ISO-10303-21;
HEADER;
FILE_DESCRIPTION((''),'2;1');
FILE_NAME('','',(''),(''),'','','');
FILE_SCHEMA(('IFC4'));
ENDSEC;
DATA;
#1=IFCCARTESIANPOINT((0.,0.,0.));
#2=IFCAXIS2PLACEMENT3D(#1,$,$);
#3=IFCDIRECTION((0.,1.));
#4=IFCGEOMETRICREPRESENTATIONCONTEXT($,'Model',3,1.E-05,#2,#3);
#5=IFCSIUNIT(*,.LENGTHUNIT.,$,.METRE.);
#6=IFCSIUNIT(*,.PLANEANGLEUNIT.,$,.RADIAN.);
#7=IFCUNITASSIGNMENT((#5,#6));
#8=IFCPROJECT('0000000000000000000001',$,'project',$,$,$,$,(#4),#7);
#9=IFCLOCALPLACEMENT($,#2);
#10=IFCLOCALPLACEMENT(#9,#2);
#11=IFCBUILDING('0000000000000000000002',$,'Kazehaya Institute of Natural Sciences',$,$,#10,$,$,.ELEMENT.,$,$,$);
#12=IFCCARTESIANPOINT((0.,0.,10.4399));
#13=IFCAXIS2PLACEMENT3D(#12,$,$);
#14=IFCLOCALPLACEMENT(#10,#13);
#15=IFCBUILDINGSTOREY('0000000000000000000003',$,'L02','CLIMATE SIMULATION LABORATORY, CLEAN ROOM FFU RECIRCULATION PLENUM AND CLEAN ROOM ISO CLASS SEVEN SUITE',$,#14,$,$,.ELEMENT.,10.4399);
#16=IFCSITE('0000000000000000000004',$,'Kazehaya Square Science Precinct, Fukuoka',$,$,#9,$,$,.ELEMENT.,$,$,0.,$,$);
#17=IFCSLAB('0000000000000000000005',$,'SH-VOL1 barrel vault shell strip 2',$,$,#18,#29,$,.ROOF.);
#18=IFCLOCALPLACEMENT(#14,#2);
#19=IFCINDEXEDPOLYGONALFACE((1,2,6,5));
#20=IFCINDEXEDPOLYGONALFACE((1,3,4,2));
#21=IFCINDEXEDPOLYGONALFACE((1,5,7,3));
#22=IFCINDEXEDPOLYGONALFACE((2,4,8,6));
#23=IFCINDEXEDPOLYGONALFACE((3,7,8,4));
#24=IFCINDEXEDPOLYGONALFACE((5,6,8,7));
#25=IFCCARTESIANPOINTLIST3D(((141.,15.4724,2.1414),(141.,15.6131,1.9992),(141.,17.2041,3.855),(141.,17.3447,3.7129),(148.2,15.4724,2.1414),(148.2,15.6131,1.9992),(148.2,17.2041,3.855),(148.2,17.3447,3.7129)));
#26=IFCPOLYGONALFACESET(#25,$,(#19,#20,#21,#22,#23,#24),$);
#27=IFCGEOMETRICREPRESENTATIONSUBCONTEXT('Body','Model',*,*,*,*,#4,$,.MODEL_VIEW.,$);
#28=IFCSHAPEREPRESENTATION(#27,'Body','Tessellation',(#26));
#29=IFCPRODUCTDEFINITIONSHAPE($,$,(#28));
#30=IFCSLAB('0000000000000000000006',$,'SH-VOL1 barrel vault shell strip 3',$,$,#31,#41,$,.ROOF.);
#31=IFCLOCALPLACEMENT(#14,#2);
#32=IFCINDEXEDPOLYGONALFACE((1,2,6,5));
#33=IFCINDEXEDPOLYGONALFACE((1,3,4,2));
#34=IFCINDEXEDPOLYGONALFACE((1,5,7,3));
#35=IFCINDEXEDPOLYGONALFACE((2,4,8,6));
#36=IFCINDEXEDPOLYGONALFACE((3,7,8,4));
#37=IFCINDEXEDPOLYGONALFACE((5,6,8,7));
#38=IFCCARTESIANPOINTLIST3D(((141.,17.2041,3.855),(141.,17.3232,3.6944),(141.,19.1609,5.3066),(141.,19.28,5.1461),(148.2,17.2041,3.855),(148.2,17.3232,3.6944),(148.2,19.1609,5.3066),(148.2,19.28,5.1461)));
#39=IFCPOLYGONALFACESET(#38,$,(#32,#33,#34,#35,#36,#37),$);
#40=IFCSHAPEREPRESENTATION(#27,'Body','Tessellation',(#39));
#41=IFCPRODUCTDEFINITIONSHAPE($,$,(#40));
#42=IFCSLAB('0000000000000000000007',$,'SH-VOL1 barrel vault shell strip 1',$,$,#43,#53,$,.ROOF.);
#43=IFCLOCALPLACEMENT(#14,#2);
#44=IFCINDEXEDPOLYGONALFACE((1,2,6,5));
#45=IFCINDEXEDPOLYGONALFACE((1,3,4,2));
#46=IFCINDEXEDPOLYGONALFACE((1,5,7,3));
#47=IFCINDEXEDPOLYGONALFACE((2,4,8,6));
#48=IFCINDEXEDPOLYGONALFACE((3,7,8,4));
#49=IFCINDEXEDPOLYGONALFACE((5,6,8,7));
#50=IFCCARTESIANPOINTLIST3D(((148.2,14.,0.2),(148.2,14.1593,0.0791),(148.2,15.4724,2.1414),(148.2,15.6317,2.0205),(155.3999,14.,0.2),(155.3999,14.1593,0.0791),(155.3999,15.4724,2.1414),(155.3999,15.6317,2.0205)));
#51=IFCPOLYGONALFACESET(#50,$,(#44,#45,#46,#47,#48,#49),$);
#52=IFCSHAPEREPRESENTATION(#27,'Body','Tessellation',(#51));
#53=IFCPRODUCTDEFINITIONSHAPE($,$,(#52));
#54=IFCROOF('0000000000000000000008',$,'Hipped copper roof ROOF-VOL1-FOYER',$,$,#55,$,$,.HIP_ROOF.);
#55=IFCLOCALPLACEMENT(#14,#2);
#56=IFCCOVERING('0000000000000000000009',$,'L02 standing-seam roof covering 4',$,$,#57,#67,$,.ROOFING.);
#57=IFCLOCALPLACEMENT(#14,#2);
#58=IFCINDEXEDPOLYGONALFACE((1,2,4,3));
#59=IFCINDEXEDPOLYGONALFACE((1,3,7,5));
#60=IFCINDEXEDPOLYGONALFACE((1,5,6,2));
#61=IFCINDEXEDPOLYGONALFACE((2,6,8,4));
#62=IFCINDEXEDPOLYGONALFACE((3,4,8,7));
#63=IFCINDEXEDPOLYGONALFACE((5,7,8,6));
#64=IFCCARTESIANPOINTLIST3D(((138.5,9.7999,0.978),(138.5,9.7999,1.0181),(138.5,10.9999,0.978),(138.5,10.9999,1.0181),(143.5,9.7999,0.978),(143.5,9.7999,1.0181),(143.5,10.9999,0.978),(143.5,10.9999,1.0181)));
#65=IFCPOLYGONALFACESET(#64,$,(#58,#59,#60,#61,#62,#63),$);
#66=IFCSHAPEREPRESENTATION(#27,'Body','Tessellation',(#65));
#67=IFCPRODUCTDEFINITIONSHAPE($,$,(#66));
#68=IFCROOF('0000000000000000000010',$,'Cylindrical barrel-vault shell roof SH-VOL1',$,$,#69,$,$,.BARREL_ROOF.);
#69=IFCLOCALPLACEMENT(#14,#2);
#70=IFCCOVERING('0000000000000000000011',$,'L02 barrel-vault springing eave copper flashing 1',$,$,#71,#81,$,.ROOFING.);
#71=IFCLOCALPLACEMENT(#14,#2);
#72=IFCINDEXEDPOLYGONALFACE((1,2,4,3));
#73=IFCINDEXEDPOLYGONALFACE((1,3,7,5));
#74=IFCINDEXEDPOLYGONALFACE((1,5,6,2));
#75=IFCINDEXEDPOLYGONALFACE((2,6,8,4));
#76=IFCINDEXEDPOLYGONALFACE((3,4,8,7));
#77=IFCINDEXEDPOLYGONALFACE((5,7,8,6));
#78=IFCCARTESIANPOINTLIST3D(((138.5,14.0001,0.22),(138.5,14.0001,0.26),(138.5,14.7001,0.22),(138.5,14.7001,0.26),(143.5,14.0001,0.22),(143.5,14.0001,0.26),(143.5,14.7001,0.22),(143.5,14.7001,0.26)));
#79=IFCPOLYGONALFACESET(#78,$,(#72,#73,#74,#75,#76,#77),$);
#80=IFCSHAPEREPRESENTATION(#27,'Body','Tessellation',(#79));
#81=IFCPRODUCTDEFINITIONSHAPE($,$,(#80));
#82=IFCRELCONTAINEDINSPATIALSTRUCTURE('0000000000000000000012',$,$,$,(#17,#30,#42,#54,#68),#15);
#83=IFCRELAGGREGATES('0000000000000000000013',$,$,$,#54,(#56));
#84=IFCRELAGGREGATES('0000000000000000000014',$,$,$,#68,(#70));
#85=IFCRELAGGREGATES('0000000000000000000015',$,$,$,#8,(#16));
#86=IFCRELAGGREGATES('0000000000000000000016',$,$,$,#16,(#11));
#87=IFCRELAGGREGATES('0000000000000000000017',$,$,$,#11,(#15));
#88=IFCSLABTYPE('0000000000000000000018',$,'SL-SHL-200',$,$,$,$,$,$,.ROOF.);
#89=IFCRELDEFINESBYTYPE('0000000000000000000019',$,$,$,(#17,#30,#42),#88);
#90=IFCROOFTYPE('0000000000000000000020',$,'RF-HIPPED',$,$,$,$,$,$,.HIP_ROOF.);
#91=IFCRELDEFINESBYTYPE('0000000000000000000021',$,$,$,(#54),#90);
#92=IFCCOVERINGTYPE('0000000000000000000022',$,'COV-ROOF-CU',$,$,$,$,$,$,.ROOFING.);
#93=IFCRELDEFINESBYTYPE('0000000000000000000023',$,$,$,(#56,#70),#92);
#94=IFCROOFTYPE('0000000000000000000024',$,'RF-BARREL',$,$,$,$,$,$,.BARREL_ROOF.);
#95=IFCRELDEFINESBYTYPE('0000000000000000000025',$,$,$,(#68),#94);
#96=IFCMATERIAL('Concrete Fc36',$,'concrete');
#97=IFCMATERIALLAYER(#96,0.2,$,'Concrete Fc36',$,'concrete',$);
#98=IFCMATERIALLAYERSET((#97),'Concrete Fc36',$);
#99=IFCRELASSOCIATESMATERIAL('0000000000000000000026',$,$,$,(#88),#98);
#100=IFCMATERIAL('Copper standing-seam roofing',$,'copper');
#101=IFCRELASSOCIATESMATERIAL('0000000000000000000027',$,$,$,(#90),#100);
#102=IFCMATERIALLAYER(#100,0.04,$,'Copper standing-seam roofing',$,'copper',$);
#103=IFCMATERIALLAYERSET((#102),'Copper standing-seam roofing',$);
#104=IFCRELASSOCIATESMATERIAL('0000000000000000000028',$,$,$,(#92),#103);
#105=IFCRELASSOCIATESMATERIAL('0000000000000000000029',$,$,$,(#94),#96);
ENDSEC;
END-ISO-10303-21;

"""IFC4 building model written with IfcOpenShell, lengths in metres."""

from ifc_helpers import new_model, si_unit, direction, frame, origin, origin_2d, place, context, subcontext, project, spatial, polyline, rectangle, outline, extrude, material, layer, layer_set, type_object, element, aggregate, save


model = new_model("IFC4")

# Units and contexts
model_context = context("Model", 3, precision=1e-05, world=origin(), true_north=direction((0.0, 1.0)))
body_context = subcontext(model_context, "Body", "Model", "MODEL_VIEW")
ifc_project = project(units=[si_unit("LENGTHUNIT", "METRE"), si_unit("PLANEANGLEUNIT", "RADIAN")], contexts=[model_context])

# Site, building, storey
site_placement = place(None, origin())
site = spatial("IfcSite", under=ifc_project, at=site_placement, Name="Kazehaya Square Science Precinct, Fukuoka", CompositionType="ELEMENT", RefElevation=0.0)
building_placement = place(site_placement, origin())
building = spatial("IfcBuilding", under=site, at=building_placement, Name="Kazehaya Institute of Natural Sciences", CompositionType="ELEMENT")
storey_placement = place(building_placement, frame((0.0, 0.0, 10.4399)))
storey = spatial("IfcBuildingStorey", under=building, at=storey_placement, Name="L02", Description="CLIMATE SIMULATION LABORATORY, CLEAN ROOM FFU RECIRCULATION PLENUM AND CLEAN ROOM ISO CLASS SEVEN SUITE", CompositionType="ELEMENT", Elevation=10.4399)

# Shared definitions
ifc_material_1 = material(Name="Concrete Fc36", Category="concrete")

# Slabs
ifc_layer_1 = layer(ifc_material_1, 0.2, Name="Concrete Fc36", Category="concrete")
ifc_layer_set_1 = layer_set([ifc_layer_1], Name="Concrete Fc36")
slab_type = type_object("IfcSlabType", Name="SL-SHL-200", PredefinedType="ROOF", material=ifc_layer_set_1)
slab_1_placement = place(storey_placement, frame((141.0, 15.4724, 2.1414), z_axis=(0.0, -0.703389, 0.710805), x_axis=(1.0, 0.0, 0.0)))
element("IfcSlab", 1, at=slab_1_placement, inside=storey, type_object=slab_type, Name="SH-VOL1 barrel vault shell strip 2", PredefinedType="ROOF", context=body_context, shape_type="SweptSolid", body=[
    extrude(outline(polyline([(0.0, 0.0), (7.2, 0.0), (7.2, 2.4362), (0.0, 2.4362), (0.0, 0.0)])), origin(), (0.0, 0.0, -1.0), 0.2),
])
slab_2_placement = place(storey_placement, frame((141.0, 17.2041, 3.855), z_axis=(0.0, -0.595807, 0.803127), x_axis=(1.0, 0.0, 0.0)))
element("IfcSlab", 2, at=slab_2_placement, inside=storey, type_object=slab_type, Name="SH-VOL1 barrel vault shell strip 3", PredefinedType="ROOF", context=body_context, shape_type="SweptSolid", body=[
    extrude(outline(polyline([(0.0, 0.0), (7.2, 0.0), (7.2, 2.4365), (0.0, 2.4365), (0.0, 0.0)])), origin(), (0.0, 0.0, -1.0), 0.2),
])
slab_3_placement = place(storey_placement, frame((148.2, 14.0, 0.2), z_axis=(0.0, -0.796766, 0.604288), x_axis=(1.0, 0.0, 0.0)))
element("IfcSlab", 3, at=slab_3_placement, inside=storey, type_object=slab_type, Name="SH-VOL1 barrel vault shell strip 1", PredefinedType="ROOF", context=body_context, shape_type="SweptSolid", body=[
    extrude(outline(polyline([(0.0, 0.0), (7.2, 0.0), (7.2, 2.4366), (0.0, 2.4366), (0.0, 0.0)])), origin(), (0.0, 0.0, -1.0), 0.2),
])

# Roofs, coverings
ifc_material_2 = material(Name="Copper standing-seam roofing", Category="copper")
roof_type_1 = type_object("IfcRoofType", Name="RF-HIPPED", PredefinedType="HIP_ROOF", material=ifc_material_2)
roof_1_placement = place(storey_placement, origin())
roof_1 = element("IfcRoof", 4, at=roof_1_placement, inside=storey, type_object=roof_type_1, Name="Hipped copper roof ROOF-VOL1-FOYER", PredefinedType="HIP_ROOF")
ifc_layer_2 = layer(ifc_material_2, 0.04, Name="Copper standing-seam roofing", Category="copper")
ifc_layer_set_2 = layer_set([ifc_layer_2], Name="Copper standing-seam roofing")
covering_type = type_object("IfcCoveringType", Name="COV-ROOF-CU", PredefinedType="ROOFING", material=ifc_layer_set_2)
covering_1_placement = place(storey_placement, frame((141.0, 10.3999, 0.978), z_axis=(0.0, 0.0, 1.0), x_axis=(1.0, 0.0, 0.0)))
covering_1 = element("IfcCovering", 5, at=covering_1_placement, type_object=covering_type, Name="L02 standing-seam roof covering 4", PredefinedType="ROOFING", context=body_context, shape_type="SweptSolid", body=[
    extrude(rectangle(XDim=5.0, YDim=1.2, at=origin_2d()), origin(), (0.0, 0.0, 1.0), 0.04),
])
aggregate(roof_1, [covering_1])
roof_type_2 = type_object("IfcRoofType", Name="RF-BARREL", PredefinedType="BARREL_ROOF", material=ifc_material_1)
roof_2_placement = place(storey_placement, origin())
roof_2 = element("IfcRoof", 6, at=roof_2_placement, inside=storey, type_object=roof_type_2, Name="Cylindrical barrel-vault shell roof SH-VOL1", PredefinedType="BARREL_ROOF")
covering_2_placement = place(storey_placement, frame((141.0, 14.3501, 0.22), z_axis=(0.0, 0.0, 1.0), x_axis=(1.0, 0.0, 0.0)))
covering_2 = element("IfcCovering", 7, at=covering_2_placement, type_object=covering_type, Name="L02 barrel-vault springing eave copper flashing 1", PredefinedType="ROOFING", context=body_context, shape_type="SweptSolid", body=[
    extrude(rectangle(XDim=5.0, YDim=0.7, at=origin_2d()), origin(), (0.0, 0.0, 1.0), 0.04),
])
aggregate(roof_2, [covering_2])

save(model, "model.ifc")
